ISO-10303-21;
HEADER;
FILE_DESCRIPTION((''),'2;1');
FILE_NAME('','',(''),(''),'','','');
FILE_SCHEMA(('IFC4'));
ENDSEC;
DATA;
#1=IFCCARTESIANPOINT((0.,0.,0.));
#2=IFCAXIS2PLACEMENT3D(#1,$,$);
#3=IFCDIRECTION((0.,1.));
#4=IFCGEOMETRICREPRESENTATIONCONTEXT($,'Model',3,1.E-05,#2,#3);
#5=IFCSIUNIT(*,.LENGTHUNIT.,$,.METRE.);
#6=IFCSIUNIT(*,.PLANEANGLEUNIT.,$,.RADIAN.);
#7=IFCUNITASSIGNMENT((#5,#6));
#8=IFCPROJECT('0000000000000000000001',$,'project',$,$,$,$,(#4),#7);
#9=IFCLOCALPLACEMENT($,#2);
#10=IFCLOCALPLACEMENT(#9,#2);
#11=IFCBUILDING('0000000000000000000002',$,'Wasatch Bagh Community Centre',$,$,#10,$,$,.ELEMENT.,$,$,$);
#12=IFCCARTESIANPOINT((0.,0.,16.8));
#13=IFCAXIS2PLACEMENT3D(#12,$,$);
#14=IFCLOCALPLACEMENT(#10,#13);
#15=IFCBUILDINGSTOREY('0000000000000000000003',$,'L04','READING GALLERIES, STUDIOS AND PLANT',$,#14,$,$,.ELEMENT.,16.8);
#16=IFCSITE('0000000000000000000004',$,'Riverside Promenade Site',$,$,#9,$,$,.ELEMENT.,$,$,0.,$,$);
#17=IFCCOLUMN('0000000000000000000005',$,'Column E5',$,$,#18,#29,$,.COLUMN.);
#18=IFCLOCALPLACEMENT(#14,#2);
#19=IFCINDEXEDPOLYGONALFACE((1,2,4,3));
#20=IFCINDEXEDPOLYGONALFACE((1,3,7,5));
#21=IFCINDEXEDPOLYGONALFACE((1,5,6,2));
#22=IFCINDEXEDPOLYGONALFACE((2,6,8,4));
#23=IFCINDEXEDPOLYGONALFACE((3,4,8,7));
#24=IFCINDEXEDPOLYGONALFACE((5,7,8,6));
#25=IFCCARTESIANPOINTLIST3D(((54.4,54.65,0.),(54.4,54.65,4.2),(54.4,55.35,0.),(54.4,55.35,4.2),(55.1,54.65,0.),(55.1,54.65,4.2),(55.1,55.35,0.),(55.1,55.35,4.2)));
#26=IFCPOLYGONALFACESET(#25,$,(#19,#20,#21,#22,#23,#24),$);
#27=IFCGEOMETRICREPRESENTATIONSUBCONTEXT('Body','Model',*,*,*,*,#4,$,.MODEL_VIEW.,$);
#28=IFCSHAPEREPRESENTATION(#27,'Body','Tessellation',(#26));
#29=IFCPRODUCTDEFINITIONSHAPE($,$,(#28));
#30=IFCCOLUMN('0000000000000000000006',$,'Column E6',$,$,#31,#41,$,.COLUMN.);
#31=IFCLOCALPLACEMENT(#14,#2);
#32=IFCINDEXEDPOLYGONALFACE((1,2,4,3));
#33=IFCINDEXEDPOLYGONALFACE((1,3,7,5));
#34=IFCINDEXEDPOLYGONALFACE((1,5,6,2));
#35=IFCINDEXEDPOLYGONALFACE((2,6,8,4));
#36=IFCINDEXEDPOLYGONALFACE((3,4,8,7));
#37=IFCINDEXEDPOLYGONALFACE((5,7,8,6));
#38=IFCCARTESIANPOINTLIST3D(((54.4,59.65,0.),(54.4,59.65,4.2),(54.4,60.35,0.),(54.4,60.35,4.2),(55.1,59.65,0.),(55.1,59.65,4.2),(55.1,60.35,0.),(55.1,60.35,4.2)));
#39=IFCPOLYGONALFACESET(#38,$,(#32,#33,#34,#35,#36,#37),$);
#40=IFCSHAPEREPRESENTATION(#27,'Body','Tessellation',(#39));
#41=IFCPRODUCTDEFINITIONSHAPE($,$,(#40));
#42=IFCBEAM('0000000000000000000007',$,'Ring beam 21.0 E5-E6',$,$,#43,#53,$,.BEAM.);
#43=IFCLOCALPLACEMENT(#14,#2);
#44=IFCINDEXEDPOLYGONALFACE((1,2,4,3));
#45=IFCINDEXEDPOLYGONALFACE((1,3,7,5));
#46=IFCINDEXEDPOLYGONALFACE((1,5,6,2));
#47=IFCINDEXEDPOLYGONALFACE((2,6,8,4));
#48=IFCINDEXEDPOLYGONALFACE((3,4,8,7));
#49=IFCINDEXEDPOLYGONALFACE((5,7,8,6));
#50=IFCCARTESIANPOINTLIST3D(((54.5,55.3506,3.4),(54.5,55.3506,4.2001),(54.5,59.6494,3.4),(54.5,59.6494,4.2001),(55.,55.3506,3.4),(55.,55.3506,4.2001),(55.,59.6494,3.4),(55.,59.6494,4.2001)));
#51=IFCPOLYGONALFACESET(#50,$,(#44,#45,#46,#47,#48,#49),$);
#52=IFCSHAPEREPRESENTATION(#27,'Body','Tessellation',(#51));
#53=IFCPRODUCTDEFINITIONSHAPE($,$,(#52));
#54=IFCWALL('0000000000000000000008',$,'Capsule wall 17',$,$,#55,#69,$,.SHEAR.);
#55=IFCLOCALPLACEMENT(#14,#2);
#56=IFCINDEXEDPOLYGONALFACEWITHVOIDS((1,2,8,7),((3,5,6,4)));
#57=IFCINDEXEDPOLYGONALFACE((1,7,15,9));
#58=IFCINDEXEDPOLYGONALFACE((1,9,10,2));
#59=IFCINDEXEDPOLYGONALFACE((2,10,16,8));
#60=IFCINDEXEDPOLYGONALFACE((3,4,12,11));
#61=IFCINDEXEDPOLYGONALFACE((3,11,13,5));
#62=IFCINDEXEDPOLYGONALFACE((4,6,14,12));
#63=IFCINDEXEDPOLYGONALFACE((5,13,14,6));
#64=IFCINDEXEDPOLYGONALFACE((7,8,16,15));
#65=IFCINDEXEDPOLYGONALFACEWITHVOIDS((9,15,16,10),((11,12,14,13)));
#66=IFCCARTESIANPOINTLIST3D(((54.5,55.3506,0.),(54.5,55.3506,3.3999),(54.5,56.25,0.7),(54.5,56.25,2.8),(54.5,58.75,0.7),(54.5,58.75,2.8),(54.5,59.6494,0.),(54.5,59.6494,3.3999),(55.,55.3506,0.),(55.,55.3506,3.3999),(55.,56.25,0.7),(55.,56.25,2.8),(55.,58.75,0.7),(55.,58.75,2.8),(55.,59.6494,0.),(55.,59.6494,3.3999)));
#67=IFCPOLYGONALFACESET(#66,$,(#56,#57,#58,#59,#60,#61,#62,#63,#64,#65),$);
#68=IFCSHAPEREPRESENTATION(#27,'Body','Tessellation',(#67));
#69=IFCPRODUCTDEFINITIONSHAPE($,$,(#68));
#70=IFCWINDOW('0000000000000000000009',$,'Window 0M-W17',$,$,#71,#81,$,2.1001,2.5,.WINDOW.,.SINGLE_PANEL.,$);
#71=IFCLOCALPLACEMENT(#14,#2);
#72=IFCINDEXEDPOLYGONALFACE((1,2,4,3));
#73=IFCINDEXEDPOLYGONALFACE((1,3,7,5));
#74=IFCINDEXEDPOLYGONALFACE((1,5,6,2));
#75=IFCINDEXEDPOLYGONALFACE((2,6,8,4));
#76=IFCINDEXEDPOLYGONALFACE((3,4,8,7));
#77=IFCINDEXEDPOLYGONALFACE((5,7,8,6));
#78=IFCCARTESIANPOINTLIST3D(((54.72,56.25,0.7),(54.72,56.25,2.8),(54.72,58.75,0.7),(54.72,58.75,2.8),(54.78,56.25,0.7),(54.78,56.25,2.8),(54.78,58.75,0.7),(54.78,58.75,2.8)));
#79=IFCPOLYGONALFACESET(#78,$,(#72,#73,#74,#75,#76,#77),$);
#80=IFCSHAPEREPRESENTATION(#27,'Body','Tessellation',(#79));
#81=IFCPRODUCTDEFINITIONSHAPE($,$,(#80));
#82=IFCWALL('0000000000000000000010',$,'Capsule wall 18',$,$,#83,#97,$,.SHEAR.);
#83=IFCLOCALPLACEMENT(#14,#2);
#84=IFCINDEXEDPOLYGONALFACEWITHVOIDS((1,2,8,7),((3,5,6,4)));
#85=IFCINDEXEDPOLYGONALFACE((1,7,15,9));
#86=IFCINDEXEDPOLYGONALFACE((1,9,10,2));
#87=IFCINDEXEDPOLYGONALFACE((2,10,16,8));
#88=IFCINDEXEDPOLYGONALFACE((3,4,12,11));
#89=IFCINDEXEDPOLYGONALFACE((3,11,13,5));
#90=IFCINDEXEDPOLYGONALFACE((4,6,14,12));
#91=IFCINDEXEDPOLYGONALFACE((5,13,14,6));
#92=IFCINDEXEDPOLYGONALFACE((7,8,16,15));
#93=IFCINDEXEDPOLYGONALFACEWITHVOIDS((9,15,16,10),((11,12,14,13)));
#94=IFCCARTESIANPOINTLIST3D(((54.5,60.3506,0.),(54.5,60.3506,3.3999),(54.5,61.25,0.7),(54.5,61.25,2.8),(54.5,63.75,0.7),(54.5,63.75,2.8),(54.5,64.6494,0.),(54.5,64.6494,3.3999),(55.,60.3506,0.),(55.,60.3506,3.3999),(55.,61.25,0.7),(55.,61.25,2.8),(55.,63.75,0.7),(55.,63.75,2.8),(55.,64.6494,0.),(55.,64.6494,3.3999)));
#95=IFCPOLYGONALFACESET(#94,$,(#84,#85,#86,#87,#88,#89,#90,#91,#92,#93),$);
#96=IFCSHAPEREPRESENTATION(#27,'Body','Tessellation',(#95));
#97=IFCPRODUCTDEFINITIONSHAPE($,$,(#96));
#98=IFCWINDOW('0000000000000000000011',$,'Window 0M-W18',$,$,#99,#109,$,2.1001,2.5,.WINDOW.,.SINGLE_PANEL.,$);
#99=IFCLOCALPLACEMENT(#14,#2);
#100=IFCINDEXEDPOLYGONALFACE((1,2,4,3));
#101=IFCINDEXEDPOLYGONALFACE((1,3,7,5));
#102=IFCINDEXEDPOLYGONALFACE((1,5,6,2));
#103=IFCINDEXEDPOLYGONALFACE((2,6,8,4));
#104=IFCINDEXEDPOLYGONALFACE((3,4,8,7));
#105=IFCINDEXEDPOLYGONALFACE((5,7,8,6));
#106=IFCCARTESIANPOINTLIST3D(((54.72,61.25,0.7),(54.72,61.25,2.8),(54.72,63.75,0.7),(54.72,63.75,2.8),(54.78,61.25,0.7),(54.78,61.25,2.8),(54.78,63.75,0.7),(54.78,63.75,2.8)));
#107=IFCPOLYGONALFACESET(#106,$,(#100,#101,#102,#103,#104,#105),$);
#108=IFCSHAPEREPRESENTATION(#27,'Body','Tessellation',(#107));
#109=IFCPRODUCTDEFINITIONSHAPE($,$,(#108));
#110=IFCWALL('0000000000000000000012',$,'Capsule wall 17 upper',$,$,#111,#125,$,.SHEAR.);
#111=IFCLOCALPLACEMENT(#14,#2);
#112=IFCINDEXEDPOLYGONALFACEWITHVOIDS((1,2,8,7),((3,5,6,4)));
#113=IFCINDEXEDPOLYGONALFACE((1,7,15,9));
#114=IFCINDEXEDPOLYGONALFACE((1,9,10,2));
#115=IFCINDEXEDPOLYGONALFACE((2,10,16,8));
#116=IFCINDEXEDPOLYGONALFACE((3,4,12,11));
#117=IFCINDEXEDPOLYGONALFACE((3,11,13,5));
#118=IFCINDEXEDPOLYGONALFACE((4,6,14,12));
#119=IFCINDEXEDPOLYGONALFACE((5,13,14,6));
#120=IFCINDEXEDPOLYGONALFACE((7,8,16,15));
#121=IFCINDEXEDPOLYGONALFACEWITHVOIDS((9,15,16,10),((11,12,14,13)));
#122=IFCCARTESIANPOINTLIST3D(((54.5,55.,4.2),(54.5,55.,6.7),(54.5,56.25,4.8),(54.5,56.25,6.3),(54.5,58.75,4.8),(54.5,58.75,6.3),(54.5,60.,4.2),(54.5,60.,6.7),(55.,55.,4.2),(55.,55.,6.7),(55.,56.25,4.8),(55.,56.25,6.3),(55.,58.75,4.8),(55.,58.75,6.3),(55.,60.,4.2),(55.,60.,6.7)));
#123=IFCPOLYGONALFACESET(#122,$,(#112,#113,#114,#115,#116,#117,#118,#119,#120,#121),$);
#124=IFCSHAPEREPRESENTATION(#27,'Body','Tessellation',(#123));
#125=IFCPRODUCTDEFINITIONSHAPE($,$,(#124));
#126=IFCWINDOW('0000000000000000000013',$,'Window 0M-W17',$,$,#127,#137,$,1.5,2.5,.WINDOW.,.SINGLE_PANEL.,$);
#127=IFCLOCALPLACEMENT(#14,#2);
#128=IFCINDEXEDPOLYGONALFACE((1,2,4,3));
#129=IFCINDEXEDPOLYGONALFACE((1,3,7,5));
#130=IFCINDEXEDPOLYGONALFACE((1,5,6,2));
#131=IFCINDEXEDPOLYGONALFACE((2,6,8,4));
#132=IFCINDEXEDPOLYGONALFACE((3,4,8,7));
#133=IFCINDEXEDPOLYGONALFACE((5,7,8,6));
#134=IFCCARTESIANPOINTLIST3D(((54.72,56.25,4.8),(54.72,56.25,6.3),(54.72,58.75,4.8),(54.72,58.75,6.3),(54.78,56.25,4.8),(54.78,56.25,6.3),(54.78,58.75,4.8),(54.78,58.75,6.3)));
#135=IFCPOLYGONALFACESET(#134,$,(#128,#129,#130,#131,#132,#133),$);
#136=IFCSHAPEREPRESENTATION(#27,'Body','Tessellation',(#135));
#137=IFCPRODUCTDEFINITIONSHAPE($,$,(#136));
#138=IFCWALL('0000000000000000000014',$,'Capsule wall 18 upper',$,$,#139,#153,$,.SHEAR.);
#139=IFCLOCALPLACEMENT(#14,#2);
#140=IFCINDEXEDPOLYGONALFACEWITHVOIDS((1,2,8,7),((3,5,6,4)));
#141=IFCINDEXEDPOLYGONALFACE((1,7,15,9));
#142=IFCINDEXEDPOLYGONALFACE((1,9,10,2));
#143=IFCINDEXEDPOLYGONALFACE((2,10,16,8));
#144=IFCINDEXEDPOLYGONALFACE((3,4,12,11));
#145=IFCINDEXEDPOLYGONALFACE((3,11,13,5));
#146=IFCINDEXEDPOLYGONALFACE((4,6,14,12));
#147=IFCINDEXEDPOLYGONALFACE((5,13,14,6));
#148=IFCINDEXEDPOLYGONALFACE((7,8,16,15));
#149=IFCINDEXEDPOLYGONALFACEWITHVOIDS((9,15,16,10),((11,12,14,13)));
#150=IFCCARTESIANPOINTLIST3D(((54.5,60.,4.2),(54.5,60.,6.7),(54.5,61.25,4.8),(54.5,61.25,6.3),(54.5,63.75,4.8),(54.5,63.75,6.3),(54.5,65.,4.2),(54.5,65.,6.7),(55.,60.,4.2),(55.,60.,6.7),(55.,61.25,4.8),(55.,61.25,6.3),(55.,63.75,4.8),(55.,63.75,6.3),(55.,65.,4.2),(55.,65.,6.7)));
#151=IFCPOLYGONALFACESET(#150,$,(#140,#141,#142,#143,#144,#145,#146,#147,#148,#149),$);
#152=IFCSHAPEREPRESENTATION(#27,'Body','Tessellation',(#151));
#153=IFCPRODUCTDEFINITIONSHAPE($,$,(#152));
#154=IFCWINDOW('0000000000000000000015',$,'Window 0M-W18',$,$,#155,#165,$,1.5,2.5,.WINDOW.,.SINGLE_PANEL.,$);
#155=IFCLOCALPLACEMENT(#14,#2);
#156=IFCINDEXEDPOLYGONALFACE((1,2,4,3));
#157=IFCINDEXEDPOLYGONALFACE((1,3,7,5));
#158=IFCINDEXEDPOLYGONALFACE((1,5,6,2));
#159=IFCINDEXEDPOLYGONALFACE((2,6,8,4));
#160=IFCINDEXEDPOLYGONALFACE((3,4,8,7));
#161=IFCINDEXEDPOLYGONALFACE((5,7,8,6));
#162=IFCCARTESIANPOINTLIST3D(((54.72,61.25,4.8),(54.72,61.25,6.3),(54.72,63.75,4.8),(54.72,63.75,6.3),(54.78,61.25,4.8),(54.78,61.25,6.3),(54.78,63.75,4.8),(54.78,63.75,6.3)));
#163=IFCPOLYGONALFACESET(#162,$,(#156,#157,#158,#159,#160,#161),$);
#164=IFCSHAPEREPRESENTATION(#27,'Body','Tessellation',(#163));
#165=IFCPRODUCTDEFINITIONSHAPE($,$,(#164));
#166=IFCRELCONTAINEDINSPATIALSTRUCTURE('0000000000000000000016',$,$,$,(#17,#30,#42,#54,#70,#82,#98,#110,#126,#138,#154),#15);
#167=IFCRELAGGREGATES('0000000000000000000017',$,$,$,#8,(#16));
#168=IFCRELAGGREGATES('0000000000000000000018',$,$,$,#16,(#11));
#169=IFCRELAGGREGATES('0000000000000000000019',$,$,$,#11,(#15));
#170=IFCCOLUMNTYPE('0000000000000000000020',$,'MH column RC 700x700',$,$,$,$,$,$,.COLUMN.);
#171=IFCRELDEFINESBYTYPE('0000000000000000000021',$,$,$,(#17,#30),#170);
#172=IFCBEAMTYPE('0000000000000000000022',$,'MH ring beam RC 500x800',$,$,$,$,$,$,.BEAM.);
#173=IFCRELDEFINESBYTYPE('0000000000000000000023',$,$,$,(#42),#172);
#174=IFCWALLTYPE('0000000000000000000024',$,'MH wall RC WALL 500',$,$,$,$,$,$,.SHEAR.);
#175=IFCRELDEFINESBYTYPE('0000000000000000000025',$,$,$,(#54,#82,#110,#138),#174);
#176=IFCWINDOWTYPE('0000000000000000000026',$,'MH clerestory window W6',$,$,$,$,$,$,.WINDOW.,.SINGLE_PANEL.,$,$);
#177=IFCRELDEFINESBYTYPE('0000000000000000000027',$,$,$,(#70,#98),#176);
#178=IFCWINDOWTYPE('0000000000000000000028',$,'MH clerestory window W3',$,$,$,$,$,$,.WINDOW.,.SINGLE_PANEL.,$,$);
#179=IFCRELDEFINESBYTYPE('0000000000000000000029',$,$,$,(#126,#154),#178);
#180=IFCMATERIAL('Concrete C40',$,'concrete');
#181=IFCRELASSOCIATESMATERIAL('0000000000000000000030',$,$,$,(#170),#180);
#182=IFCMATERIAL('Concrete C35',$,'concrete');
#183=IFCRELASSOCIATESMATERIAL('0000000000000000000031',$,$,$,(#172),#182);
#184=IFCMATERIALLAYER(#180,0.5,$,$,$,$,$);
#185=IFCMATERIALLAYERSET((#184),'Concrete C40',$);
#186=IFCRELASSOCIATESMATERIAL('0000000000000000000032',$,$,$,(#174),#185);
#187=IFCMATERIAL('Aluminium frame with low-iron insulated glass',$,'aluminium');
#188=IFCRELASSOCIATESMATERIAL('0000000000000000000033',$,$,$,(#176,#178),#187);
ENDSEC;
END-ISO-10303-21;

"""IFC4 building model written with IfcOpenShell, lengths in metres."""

from ifc_helpers import new_model, si_unit, direction, frame, frame_2d, origin, origin_2d, place, context, subcontext, project, spatial, rectangle, extrude, material, layer, layer_set, material_profile, profile_set, type_object, element, fill, save


model = new_model("IFC4")

# Units and contexts
model_context = context("Model", 3, precision=1e-05, world=origin(), true_north=direction((0.0, 1.0)))
body_context = subcontext(model_context, "Body", "Model", "MODEL_VIEW")
ifc_project = project(units=[si_unit("LENGTHUNIT", "METRE"), si_unit("PLANEANGLEUNIT", "RADIAN")], contexts=[model_context])

# Site, building, storey
site_placement = place(None, origin())
site = spatial("IfcSite", under=ifc_project, at=site_placement, Name="Riverside Promenade Site", CompositionType="ELEMENT", RefElevation=0.0)
building_placement = place(site_placement, origin())
building = spatial("IfcBuilding", under=site, at=building_placement, Name="Wasatch Bagh Community Centre", CompositionType="ELEMENT")
storey_placement = place(building_placement, frame((0.0, 0.0, 16.8)))
storey = spatial("IfcBuildingStorey", under=building, at=storey_placement, Name="L04", Description="READING GALLERIES, STUDIOS AND PLANT", CompositionType="ELEMENT", Elevation=16.8)

# Columns
ifc_material_1 = material(Name="Concrete C40", Category="concrete")
ifc_material_profile_1 = material_profile(ifc_material_1, rectangle(XDim=0.7, YDim=0.7, at=origin_2d()), Name="RC 700x700")
ifc_profile_set_1 = profile_set([ifc_material_profile_1], Name="Concrete C40")
column_type = type_object("IfcColumnType", Name="MH column RC 700x700", PredefinedType="COLUMN", material=ifc_profile_set_1)
for number, where, z_axis, x_axis, name in (
    (1, (54.75, 55.0, 0.0), (0.0, 0.0, 1.0), (1.0, 0.0, 0.0), "Column E5"),
    (2, (54.75, 60.0, 0.0), (0.0, 0.0, 1.0), (1.0, 0.0, 0.0), "Column E6"),
):
    element("IfcColumn", number, at=place(storey_placement, frame(where, z_axis=z_axis, x_axis=x_axis)), inside=storey, type_object=column_type, Name=name, PredefinedType="COLUMN", context=body_context, shape_type="SweptSolid", body=[
        extrude(rectangle(XDim=0.7, YDim=0.7, at=origin_2d()), origin(), (0.0, 0.0, 1.0), 4.2),
    ])

# Beam
ifc_material_2 = material(Name="Concrete C35", Category="concrete")
ifc_material_profile_2 = material_profile(ifc_material_2, rectangle(XDim=0.5, YDim=0.8, at=origin_2d()), Name="RC 500x800")
ifc_profile_set_2 = profile_set([ifc_material_profile_2], Name="Concrete C35")
beam_type = type_object("IfcBeamType", Name="MH ring beam RC 500x800", PredefinedType="BEAM", material=ifc_profile_set_2)
beam_placement = place(storey_placement, frame((54.75, 55.3506, 3.8), z_axis=(0.0, 1.0, 0.0), x_axis=(-1.0, 0.0, 0.0)))
element("IfcBeam", 3, at=beam_placement, inside=storey, type_object=beam_type, Name="Ring beam 21.0 E5-E6", PredefinedType="BEAM", context=body_context, shape_type="SweptSolid", body=[
    extrude(rectangle(XDim=0.5, YDim=0.8, at=origin_2d()), origin(), (0.0, 0.0, 1.0), 4.2988),
])

# Walls, openings, windows
ifc_layer_1 = layer(ifc_material_1, 0.5)
ifc_layer_set_1 = layer_set([ifc_layer_1], Name="Concrete C40")
wall_type = type_object("IfcWallType", Name="MH wall RC WALL 500", PredefinedType="SHEAR", material=ifc_layer_set_1)
wall_1_placement = place(storey_placement, frame((54.75, 55.3506, 0.0), z_axis=(0.0, 0.0, 1.0), x_axis=(0.0, 1.0, 0.0)))
wall_1 = element("IfcWall", 4, at=wall_1_placement, inside=storey, type_object=wall_type, Name="Capsule wall 17", PredefinedType="SHEAR", context=body_context, shape_type="SweptSolid", body=[
    extrude(rectangle(XDim=4.2988, YDim=0.5, at=frame_2d((2.1494, 0.0))), origin(), (0.0, 0.0, 1.0), 3.3999),
])
opening_1_placement = place(wall_1_placement, frame((0.8994, 0.0, 0.7)))
opening_1 = element("IfcOpeningElement", 5, at=opening_1_placement, cuts=wall_1, PredefinedType="OPENING", context=body_context, shape_type="SweptSolid", body=[
    extrude(rectangle(XDim=2.5, YDim=2.1001, at=frame_2d((1.25, 1.05))), frame((0.0, 0.26, 0.0), z_axis=(0.0, -1.0, 0.0), x_axis=(1.0, 0.0, 0.0)), (0.0, 0.0, 1.0), 0.52),
])
ifc_material_3 = material(Name="Aluminium frame with low-iron insulated glass", Category="aluminium")
window_type_1 = type_object("IfcWindowType", Name="MH clerestory window W6", PartitioningType="SINGLE_PANEL", PredefinedType="WINDOW", material=ifc_material_3)
window_1_placement = place(opening_1_placement, origin())
window_1 = element("IfcWindow", 6, at=window_1_placement, inside=storey, type_object=window_type_1, Name="Window 0M-W17", OverallHeight=2.1001, OverallWidth=2.5, PartitioningType="SINGLE_PANEL", PredefinedType="WINDOW", context=body_context, shape_type="SweptSolid", body=[
    extrude(rectangle(XDim=2.5, YDim=2.1001, at=frame_2d((1.25, 1.05))), frame((0.0, 0.03, 0.0), z_axis=(0.0, -1.0, 0.0), x_axis=(1.0, 0.0, 0.0)), (0.0, 0.0, 1.0), 0.0601),
])
fill(opening_1, window_1)
wall_2_placement = place(storey_placement, frame((54.75, 60.3506, 0.0), z_axis=(0.0, 0.0, 1.0), x_axis=(0.0, 1.0, 0.0)))
wall_2 = element("IfcWall", 7, at=wall_2_placement, inside=storey, type_object=wall_type, Name="Capsule wall 18", PredefinedType="SHEAR", context=body_context, shape_type="SweptSolid", body=[
    extrude(rectangle(XDim=4.2988, YDim=0.5, at=frame_2d((2.1494, 0.0))), origin(), (0.0, 0.0, 1.0), 3.3999),
])
opening_2_placement = place(wall_2_placement, frame((0.8994, 0.0, 0.7)))
opening_2 = element("IfcOpeningElement", 8, at=opening_2_placement, cuts=wall_2, PredefinedType="OPENING", context=body_context, shape_type="SweptSolid", body=[
    extrude(rectangle(XDim=2.5, YDim=2.1001, at=frame_2d((1.25, 1.05))), frame((0.0, 0.26, 0.0), z_axis=(0.0, -1.0, 0.0), x_axis=(1.0, 0.0, 0.0)), (0.0, 0.0, 1.0), 0.52),
])
window_2_placement = place(opening_2_placement, origin())
window_2 = element("IfcWindow", 9, at=window_2_placement, inside=storey, type_object=window_type_1, Name="Window 0M-W18", OverallHeight=2.1001, OverallWidth=2.5, PartitioningType="SINGLE_PANEL", PredefinedType="WINDOW", context=body_context, shape_type="SweptSolid", body=[
    extrude(rectangle(XDim=2.5, YDim=2.1001, at=frame_2d((1.25, 1.05))), frame((0.0, 0.03, 0.0), z_axis=(0.0, -1.0, 0.0), x_axis=(1.0, 0.0, 0.0)), (0.0, 0.0, 1.0), 0.0601),
])
fill(opening_2, window_2)
wall_3_placement = place(storey_placement, frame((54.75, 55.0, 4.2), z_axis=(0.0, 0.0, 1.0), x_axis=(0.0, 1.0, 0.0)))
wall_3 = element("IfcWall", 10, at=wall_3_placement, inside=storey, type_object=wall_type, Name="Capsule wall 17 upper", PredefinedType="SHEAR", context=body_context, shape_type="SweptSolid", body=[
    extrude(rectangle(XDim=5.0, YDim=0.5, at=frame_2d((2.5, 0.0))), origin(), (0.0, 0.0, 1.0), 2.5),
])
opening_3_placement = place(wall_3_placement, frame((1.25, 0.0, 0.6001)))
opening_3 = element("IfcOpeningElement", 11, at=opening_3_placement, cuts=wall_3, PredefinedType="OPENING", context=body_context, shape_type="SweptSolid", body=[
    extrude(rectangle(XDim=2.5, YDim=1.5, at=frame_2d((1.25, 0.75))), frame((0.0, 0.26, 0.0), z_axis=(0.0, -1.0, 0.0), x_axis=(1.0, 0.0, 0.0)), (0.0, 0.0, 1.0), 0.52),
])
window_type_2 = type_object("IfcWindowType", Name="MH clerestory window W3", PartitioningType="SINGLE_PANEL", PredefinedType="WINDOW", material=ifc_material_3)
window_3_placement = place(opening_3_placement, origin())
window_3 = element("IfcWindow", 12, at=window_3_placement, inside=storey, type_object=window_type_2, Name="Window 0M-W17", OverallHeight=1.5, OverallWidth=2.5, PartitioningType="SINGLE_PANEL", PredefinedType="WINDOW", context=body_context, shape_type="SweptSolid", body=[
    extrude(rectangle(XDim=2.5, YDim=1.5, at=frame_2d((1.25, 0.75))), frame((0.0, 0.03, 0.0), z_axis=(0.0, -1.0, 0.0), x_axis=(1.0, 0.0, 0.0)), (0.0, 0.0, 1.0), 0.0601),
])
fill(opening_3, window_3)
wall_4_placement = place(storey_placement, frame((54.75, 60.0, 4.2), z_axis=(0.0, 0.0, 1.0), x_axis=(0.0, 1.0, 0.0)))
wall_4 = element("IfcWall", 13, at=wall_4_placement, inside=storey, type_object=wall_type, Name="Capsule wall 18 upper", PredefinedType="SHEAR", context=body_context, shape_type="SweptSolid", body=[
    extrude(rectangle(XDim=5.0, YDim=0.5, at=frame_2d((2.5, 0.0))), origin(), (0.0, 0.0, 1.0), 2.5),
])
opening_4_placement = place(wall_4_placement, frame((1.25, 0.0, 0.6001)))
opening_4 = element("IfcOpeningElement", 14, at=opening_4_placement, cuts=wall_4, PredefinedType="OPENING", context=body_context, shape_type="SweptSolid", body=[
    extrude(rectangle(XDim=2.5, YDim=1.5, at=frame_2d((1.25, 0.75))), frame((0.0, 0.26, 0.0), z_axis=(0.0, -1.0, 0.0), x_axis=(1.0, 0.0, 0.0)), (0.0, 0.0, 1.0), 0.52),
])
window_4_placement = place(opening_4_placement, origin())
window_4 = element("IfcWindow", 15, at=window_4_placement, inside=storey, type_object=window_type_2, Name="Window 0M-W18", OverallHeight=1.5, OverallWidth=2.5, PartitioningType="SINGLE_PANEL", PredefinedType="WINDOW", context=body_context, shape_type="SweptSolid", body=[
    extrude(rectangle(XDim=2.5, YDim=1.5, at=frame_2d((1.25, 0.75))), frame((0.0, 0.03, 0.0), z_axis=(0.0, -1.0, 0.0), x_axis=(1.0, 0.0, 0.0)), (0.0, 0.0, 1.0), 0.0601),
])
fill(opening_4, window_4)

save(model, "model.ifc")
